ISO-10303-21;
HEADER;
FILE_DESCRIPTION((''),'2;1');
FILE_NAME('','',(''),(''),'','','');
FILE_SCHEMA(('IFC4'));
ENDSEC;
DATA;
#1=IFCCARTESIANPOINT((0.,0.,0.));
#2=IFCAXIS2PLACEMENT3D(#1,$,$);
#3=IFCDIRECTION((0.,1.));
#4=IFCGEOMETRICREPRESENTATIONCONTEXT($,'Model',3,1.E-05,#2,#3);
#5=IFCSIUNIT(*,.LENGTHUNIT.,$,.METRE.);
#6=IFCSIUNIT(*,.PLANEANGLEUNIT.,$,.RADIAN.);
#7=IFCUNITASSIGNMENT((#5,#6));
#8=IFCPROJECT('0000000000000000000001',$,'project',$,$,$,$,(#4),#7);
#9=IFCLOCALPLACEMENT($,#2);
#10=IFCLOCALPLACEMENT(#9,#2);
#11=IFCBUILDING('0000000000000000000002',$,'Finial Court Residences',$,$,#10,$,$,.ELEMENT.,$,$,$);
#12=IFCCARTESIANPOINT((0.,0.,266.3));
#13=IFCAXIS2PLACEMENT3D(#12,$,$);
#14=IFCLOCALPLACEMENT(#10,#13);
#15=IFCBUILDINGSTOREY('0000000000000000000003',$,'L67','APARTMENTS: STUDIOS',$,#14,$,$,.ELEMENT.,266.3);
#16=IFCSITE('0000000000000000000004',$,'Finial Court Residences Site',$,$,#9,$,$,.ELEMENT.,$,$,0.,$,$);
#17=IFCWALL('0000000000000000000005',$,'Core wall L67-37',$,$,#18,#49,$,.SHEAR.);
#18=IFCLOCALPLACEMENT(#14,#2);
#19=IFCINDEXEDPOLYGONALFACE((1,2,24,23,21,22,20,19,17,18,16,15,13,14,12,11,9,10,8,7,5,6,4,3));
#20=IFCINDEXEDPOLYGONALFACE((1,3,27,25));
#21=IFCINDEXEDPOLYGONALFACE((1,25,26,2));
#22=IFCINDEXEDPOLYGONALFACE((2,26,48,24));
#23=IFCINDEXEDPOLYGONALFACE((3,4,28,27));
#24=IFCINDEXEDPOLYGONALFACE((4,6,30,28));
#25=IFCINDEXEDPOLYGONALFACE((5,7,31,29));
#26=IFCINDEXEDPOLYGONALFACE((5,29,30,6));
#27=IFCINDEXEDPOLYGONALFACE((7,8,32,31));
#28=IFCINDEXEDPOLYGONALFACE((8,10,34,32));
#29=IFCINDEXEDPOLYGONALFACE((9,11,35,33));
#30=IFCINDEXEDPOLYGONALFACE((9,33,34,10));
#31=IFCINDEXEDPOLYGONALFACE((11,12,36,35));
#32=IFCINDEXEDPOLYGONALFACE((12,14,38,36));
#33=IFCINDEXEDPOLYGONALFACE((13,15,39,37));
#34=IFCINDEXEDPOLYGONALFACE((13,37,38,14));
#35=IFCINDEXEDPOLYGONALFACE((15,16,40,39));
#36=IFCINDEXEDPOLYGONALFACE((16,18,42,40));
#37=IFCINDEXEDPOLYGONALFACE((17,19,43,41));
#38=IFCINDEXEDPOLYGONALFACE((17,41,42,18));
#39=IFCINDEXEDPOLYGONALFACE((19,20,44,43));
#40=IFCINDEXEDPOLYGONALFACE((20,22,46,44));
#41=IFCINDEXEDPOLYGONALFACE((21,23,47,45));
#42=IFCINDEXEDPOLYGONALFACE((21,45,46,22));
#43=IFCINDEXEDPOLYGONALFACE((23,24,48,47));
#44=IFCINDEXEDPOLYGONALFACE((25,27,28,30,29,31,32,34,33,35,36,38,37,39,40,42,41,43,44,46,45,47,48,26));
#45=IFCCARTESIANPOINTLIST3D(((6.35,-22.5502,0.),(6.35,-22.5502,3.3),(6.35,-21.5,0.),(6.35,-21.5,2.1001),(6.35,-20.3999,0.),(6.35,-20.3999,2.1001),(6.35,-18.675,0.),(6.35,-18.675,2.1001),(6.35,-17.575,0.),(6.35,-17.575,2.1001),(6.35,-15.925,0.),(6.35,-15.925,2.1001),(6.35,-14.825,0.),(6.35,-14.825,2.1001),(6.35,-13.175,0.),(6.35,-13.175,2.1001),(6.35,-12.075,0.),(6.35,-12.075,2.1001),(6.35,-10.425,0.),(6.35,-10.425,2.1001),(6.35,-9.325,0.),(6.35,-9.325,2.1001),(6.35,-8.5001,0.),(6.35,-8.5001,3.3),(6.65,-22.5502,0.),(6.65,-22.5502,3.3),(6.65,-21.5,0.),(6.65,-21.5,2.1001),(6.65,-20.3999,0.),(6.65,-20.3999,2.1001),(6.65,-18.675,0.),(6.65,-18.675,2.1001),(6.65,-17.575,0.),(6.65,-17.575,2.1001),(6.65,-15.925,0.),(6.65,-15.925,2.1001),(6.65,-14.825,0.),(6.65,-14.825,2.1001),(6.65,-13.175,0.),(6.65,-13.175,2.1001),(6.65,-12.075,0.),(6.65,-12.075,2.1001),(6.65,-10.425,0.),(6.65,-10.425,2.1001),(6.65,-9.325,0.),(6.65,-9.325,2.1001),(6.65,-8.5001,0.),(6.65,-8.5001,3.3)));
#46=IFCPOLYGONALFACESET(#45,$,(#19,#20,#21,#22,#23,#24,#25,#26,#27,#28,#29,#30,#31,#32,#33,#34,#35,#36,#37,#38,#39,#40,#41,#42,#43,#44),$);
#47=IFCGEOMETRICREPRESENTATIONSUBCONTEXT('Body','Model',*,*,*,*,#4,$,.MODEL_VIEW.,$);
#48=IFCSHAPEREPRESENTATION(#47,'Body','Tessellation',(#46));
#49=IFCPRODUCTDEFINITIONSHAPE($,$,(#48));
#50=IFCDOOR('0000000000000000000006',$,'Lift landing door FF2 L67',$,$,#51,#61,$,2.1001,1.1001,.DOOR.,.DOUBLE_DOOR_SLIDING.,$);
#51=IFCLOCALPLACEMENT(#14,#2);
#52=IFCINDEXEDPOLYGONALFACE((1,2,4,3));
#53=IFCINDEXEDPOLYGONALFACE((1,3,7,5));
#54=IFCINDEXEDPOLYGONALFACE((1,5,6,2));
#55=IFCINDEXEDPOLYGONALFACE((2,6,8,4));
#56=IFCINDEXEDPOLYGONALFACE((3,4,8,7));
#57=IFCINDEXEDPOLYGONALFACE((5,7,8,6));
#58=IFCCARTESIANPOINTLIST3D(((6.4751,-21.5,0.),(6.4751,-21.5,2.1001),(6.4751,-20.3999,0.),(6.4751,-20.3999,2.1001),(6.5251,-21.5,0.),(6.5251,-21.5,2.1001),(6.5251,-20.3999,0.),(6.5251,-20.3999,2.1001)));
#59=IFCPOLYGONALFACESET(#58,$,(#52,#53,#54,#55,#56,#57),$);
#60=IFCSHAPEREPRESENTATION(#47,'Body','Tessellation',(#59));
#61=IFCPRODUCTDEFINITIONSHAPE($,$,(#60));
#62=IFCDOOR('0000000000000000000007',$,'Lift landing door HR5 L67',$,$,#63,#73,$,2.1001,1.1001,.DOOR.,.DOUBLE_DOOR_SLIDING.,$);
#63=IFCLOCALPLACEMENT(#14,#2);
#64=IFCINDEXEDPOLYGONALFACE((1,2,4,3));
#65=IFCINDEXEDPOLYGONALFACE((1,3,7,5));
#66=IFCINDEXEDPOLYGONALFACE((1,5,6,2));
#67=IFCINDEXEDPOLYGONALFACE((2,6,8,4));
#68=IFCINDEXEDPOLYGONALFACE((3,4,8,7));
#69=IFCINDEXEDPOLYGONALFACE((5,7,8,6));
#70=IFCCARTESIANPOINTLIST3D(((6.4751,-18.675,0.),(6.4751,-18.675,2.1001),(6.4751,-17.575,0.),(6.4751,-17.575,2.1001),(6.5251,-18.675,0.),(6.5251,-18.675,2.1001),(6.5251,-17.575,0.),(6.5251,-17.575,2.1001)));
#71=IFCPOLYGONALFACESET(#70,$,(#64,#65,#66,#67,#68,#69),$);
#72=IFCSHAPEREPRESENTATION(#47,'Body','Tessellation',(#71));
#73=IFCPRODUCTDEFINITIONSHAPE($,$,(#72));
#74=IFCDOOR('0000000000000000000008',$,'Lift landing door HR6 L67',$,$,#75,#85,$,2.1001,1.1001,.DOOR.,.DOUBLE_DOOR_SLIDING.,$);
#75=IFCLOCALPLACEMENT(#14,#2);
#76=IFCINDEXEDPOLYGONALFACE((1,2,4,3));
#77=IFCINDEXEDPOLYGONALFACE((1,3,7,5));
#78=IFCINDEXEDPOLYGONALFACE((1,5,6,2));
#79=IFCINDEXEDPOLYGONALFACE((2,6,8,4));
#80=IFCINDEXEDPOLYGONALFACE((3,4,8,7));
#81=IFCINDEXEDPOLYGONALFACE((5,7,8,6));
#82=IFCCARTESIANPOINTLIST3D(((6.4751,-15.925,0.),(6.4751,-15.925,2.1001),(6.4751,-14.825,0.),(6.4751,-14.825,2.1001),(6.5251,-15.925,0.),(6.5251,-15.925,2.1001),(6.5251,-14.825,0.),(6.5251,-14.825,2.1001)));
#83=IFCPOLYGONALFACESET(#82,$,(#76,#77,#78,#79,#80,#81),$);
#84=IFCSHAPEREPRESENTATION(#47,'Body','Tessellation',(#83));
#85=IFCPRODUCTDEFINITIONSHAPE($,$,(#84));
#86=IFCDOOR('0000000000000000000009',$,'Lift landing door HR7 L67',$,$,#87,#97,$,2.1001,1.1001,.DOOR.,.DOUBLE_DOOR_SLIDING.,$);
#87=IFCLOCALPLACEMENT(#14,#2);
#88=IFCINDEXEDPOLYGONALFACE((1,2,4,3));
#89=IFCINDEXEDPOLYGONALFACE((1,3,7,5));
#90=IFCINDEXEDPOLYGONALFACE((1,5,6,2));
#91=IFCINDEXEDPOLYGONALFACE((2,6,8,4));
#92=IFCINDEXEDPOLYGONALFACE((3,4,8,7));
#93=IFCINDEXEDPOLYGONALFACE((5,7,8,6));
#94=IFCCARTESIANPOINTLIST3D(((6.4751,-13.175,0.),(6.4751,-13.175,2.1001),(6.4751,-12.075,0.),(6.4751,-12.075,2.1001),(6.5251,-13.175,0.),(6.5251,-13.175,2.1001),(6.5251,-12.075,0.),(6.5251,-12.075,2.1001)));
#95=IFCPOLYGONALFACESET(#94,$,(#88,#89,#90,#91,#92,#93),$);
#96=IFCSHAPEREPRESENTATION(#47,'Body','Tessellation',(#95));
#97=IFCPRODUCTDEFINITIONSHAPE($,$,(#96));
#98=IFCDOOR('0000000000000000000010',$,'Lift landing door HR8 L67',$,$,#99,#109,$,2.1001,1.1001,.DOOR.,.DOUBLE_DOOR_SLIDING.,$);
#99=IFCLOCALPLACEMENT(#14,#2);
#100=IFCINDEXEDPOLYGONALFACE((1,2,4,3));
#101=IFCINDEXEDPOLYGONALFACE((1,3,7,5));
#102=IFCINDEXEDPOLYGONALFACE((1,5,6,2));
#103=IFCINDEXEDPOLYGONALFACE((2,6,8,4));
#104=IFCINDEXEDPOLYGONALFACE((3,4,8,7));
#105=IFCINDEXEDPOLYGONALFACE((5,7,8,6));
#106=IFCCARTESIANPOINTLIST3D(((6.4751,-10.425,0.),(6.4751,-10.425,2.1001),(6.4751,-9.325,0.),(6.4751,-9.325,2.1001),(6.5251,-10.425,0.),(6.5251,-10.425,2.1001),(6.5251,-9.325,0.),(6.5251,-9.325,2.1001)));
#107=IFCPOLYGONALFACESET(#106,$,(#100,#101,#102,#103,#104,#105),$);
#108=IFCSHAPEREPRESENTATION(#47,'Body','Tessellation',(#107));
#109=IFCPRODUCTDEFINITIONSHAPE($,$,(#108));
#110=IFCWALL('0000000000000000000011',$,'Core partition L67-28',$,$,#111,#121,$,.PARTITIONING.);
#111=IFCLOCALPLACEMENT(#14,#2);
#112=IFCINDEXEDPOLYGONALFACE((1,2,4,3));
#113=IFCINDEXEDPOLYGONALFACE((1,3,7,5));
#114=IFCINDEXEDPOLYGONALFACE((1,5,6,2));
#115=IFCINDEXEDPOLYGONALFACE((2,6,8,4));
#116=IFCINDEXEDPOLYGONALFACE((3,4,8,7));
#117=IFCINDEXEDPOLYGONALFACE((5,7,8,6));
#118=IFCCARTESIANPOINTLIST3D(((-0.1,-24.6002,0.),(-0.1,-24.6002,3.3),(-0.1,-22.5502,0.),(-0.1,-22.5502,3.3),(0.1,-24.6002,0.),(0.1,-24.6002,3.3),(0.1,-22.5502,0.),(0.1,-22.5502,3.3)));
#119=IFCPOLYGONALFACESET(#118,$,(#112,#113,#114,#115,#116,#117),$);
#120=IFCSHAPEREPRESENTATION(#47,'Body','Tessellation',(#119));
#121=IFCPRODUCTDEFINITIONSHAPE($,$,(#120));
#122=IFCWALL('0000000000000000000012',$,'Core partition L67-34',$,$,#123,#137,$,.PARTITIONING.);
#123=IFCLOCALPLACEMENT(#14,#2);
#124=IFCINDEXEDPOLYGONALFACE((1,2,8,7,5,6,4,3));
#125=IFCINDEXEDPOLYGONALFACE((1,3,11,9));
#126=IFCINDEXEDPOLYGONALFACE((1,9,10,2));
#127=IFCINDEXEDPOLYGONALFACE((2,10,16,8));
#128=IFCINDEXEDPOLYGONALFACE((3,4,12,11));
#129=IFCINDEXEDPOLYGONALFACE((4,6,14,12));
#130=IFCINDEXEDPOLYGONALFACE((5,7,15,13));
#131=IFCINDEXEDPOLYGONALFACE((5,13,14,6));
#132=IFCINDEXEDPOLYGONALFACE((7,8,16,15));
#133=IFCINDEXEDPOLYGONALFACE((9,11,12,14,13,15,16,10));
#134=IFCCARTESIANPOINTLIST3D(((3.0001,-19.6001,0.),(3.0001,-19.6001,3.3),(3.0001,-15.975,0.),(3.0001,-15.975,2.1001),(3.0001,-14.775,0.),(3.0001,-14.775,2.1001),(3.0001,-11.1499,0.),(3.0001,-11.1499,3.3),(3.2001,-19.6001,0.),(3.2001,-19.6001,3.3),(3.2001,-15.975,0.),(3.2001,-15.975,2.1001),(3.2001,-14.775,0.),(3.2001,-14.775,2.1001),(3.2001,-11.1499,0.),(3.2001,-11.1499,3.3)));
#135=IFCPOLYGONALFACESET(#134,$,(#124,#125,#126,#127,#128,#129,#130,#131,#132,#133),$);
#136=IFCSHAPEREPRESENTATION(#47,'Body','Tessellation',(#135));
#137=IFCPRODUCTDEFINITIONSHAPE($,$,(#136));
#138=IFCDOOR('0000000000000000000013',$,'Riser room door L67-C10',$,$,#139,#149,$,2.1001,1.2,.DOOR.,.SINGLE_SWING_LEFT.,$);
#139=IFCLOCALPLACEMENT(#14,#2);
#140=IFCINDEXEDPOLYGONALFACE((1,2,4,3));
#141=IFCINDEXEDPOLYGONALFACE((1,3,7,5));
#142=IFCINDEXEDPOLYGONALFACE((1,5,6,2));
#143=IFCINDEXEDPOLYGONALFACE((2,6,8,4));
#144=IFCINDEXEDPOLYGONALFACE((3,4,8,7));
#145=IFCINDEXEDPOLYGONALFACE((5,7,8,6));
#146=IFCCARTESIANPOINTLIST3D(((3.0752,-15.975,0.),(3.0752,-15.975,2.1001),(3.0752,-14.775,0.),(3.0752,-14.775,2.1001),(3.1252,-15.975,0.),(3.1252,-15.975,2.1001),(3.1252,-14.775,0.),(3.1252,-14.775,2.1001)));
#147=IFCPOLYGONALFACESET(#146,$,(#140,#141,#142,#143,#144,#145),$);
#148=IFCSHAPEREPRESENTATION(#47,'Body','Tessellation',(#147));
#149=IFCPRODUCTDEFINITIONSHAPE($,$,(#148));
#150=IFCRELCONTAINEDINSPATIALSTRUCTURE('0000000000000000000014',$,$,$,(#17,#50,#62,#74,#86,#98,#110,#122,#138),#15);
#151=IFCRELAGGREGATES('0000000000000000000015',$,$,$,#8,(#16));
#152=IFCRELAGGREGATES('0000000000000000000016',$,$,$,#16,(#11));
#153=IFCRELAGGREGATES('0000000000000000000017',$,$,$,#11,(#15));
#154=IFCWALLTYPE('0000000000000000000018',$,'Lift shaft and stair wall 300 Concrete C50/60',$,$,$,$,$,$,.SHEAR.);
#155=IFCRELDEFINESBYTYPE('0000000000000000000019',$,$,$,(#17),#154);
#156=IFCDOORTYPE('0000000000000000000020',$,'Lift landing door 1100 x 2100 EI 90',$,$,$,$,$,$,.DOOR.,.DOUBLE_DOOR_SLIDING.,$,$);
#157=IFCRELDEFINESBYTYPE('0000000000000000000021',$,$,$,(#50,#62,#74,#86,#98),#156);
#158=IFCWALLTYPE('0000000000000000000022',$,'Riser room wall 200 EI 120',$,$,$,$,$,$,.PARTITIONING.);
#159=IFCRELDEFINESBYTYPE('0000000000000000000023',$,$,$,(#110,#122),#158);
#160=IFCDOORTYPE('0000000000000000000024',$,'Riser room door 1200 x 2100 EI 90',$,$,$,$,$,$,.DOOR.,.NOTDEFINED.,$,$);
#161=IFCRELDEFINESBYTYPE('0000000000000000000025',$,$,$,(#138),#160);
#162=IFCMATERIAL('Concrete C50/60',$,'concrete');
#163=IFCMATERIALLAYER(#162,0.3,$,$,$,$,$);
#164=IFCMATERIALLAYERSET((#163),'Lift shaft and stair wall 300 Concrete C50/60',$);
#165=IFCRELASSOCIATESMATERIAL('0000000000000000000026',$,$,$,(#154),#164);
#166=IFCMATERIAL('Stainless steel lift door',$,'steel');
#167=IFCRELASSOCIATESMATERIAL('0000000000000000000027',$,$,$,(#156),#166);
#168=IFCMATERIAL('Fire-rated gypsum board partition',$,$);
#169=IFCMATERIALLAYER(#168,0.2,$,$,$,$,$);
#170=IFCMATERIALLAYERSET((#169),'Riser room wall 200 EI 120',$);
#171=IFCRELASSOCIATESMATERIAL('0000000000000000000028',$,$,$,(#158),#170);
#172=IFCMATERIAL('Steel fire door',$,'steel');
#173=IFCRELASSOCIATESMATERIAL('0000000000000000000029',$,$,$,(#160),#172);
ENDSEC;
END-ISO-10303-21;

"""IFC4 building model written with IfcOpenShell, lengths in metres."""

from ifc_helpers import new_model, si_unit, direction, frame, frame_2d, origin, place, context, subcontext, project, spatial, rectangle, extrude, material, layer, layer_set, type_object, element, fill, save


model = new_model("IFC4")

# Units and contexts
model_context = context("Model", 3, precision=1e-05, world=origin(), true_north=direction((0.0, 1.0)))
body_context = subcontext(model_context, "Body", "Model", "MODEL_VIEW")
ifc_project = project(units=[si_unit("LENGTHUNIT", "METRE"), si_unit("PLANEANGLEUNIT", "RADIAN")], contexts=[model_context])

# Site, building, storey
site_placement = place(None, origin())
site = spatial("IfcSite", under=ifc_project, at=site_placement, Name="Finial Court Residences Site", CompositionType="ELEMENT", RefElevation=0.0)
building_placement = place(site_placement, origin())
building = spatial("IfcBuilding", under=site, at=building_placement, Name="Finial Court Residences", CompositionType="ELEMENT")
storey_placement = place(building_placement, frame((0.0, 0.0, 266.3)))
storey = spatial("IfcBuildingStorey", under=building, at=storey_placement, Name="L67", Description="APARTMENTS: STUDIOS", CompositionType="ELEMENT", Elevation=266.3)

# Shared definitions
ifc_material_1 = material(Name="Fire-rated gypsum board partition")
ifc_material_2 = material(Name="Steel fire door", Category="steel")

# Shared definitions
ifc_material_3 = material(Name="Concrete C50/60", Category="concrete")
ifc_layer_1 = layer(ifc_material_3, 0.3)
ifc_layer_set_1 = layer_set([ifc_layer_1], Name="Lift shaft and stair wall 300 Concrete C50/60")
wall_type_1 = type_object("IfcWallType", Name="Lift shaft and stair wall 300 Concrete C50/60", PredefinedType="SHEAR", material=ifc_layer_set_1)

# Shared definitions
ifc_material_4 = material(Name="Stainless steel lift door", Category="steel")
door_type_1 = type_object("IfcDoorType", Name="Lift landing door 1100 x 2100 EI 90", OperationType="DOUBLE_DOOR_SLIDING", PredefinedType="DOOR", material=ifc_material_4)

# Wall, openings, doors
wall_1_placement = place(storey_placement, frame((6.5, -22.55, 0.0), z_axis=(0.0, 0.0, 1.0), x_axis=(0.0, 1.0, 0.0)))
wall_1 = element("IfcWall", 1, at=wall_1_placement, inside=storey, type_object=wall_type_1, Name="Core wall L67-37", PredefinedType="SHEAR", context=body_context, shape_type="SweptSolid", body=[
    extrude(rectangle(XDim=14.05, YDim=0.3, at=frame_2d((7.0249, 0.0))), origin(), (0.0, 0.0, 1.0), 3.3),
])
opening_1_placement = place(wall_1_placement, frame((1.05, 0.0, 0.0)))
opening_1 = element("IfcOpeningElement", 2, at=opening_1_placement, cuts=wall_1, PredefinedType="OPENING", context=body_context, shape_type="SweptSolid", body=[
    extrude(rectangle(XDim=1.1001, YDim=2.1001, at=frame_2d((0.55, 1.05))), frame((0.0, 0.1599, 0.0), z_axis=(0.0, -1.0, 0.0), x_axis=(1.0, 0.0, 0.0)), (0.0, 0.0, 1.0), 0.3201),
])
opening_2_placement = place(wall_1_placement, frame((3.875, 0.0, 0.0)))
opening_2 = element("IfcOpeningElement", 3, at=opening_2_placement, cuts=wall_1, PredefinedType="OPENING", context=body_context, shape_type="SweptSolid", body=[
    extrude(rectangle(XDim=1.1001, YDim=2.1001, at=frame_2d((0.55, 1.05))), frame((0.0, 0.1599, 0.0), z_axis=(0.0, -1.0, 0.0), x_axis=(1.0, 0.0, 0.0)), (0.0, 0.0, 1.0), 0.3201),
])
opening_3_placement = place(wall_1_placement, frame((6.625, 0.0, 0.0)))
opening_3 = element("IfcOpeningElement", 4, at=opening_3_placement, cuts=wall_1, PredefinedType="OPENING", context=body_context, shape_type="SweptSolid", body=[
    extrude(rectangle(XDim=1.1001, YDim=2.1001, at=frame_2d((0.55, 1.05))), frame((0.0, 0.1599, 0.0), z_axis=(0.0, -1.0, 0.0), x_axis=(1.0, 0.0, 0.0)), (0.0, 0.0, 1.0), 0.3201),
])
opening_4_placement = place(wall_1_placement, frame((9.375, 0.0, 0.0)))
opening_4 = element("IfcOpeningElement", 5, at=opening_4_placement, cuts=wall_1, PredefinedType="OPENING", context=body_context, shape_type="SweptSolid", body=[
    extrude(rectangle(XDim=1.1001, YDim=2.1001, at=frame_2d((0.55, 1.05))), frame((0.0, 0.1599, 0.0), z_axis=(0.0, -1.0, 0.0), x_axis=(1.0, 0.0, 0.0)), (0.0, 0.0, 1.0), 0.3201),
])
opening_5_placement = place(wall_1_placement, frame((12.125, 0.0, 0.0)))
opening_5 = element("IfcOpeningElement", 6, at=opening_5_placement, cuts=wall_1, PredefinedType="OPENING", context=body_context, shape_type="SweptSolid", body=[
    extrude(rectangle(XDim=1.1001, YDim=2.1001, at=frame_2d((0.55, 1.05))), frame((0.0, 0.1599, 0.0), z_axis=(0.0, -1.0, 0.0), x_axis=(1.0, 0.0, 0.0)), (0.0, 0.0, 1.0), 0.3201),
])
door_1_placement = place(opening_1_placement, origin())
door_1 = element("IfcDoor", 7, at=door_1_placement, inside=storey, type_object=door_type_1, Name="Lift landing door FF2 L67", OperationType="DOUBLE_DOOR_SLIDING", OverallHeight=2.1001, OverallWidth=1.1001, PredefinedType="DOOR", context=body_context, shape_type="SweptSolid", body=[
    extrude(rectangle(XDim=1.1001, YDim=2.1001, at=frame_2d((0.55, 1.05))), frame((0.0, 0.0249, 0.0), z_axis=(0.0, -1.0, 0.0), x_axis=(1.0, 0.0, 0.0)), (0.0, 0.0, 1.0), 0.05),
])
fill(opening_1, door_1)
door_2_placement = place(opening_2_placement, origin())
door_2 = element("IfcDoor", 8, at=door_2_placement, inside=storey, type_object=door_type_1, Name="Lift landing door HR5 L67", OperationType="DOUBLE_DOOR_SLIDING", OverallHeight=2.1001, OverallWidth=1.1001, PredefinedType="DOOR", context=body_context, shape_type="SweptSolid", body=[
    extrude(rectangle(XDim=1.1001, YDim=2.1001, at=frame_2d((0.55, 1.05))), frame((0.0, 0.0249, 0.0), z_axis=(0.0, -1.0, 0.0), x_axis=(1.0, 0.0, 0.0)), (0.0, 0.0, 1.0), 0.05),
])
fill(opening_2, door_2)
door_3_placement = place(opening_3_placement, origin())
door_3 = element("IfcDoor", 9, at=door_3_placement, inside=storey, type_object=door_type_1, Name="Lift landing door HR6 L67", OperationType="DOUBLE_DOOR_SLIDING", OverallHeight=2.1001, OverallWidth=1.1001, PredefinedType="DOOR", context=body_context, shape_type="SweptSolid", body=[
    extrude(rectangle(XDim=1.1001, YDim=2.1001, at=frame_2d((0.55, 1.05))), frame((0.0, 0.0249, 0.0), z_axis=(0.0, -1.0, 0.0), x_axis=(1.0, 0.0, 0.0)), (0.0, 0.0, 1.0), 0.05),
])
fill(opening_3, door_3)
door_4_placement = place(opening_4_placement, origin())
door_4 = element("IfcDoor", 10, at=door_4_placement, inside=storey, type_object=door_type_1, Name="Lift landing door HR7 L67", OperationType="DOUBLE_DOOR_SLIDING", OverallHeight=2.1001, OverallWidth=1.1001, PredefinedType="DOOR", context=body_context, shape_type="SweptSolid", body=[
    extrude(rectangle(XDim=1.1001, YDim=2.1001, at=frame_2d((0.55, 1.05))), frame((0.0, 0.0249, 0.0), z_axis=(0.0, -1.0, 0.0), x_axis=(1.0, 0.0, 0.0)), (0.0, 0.0, 1.0), 0.05),
])
fill(opening_4, door_4)
door_5_placement = place(opening_5_placement, origin())
door_5 = element("IfcDoor", 11, at=door_5_placement, inside=storey, type_object=door_type_1, Name="Lift landing door HR8 L67", OperationType="DOUBLE_DOOR_SLIDING", OverallHeight=2.1001, OverallWidth=1.1001, PredefinedType="DOOR", context=body_context, shape_type="SweptSolid", body=[
    extrude(rectangle(XDim=1.1001, YDim=2.1001, at=frame_2d((0.55, 1.05))), frame((0.0, 0.0249, 0.0), z_axis=(0.0, -1.0, 0.0), x_axis=(1.0, 0.0, 0.0)), (0.0, 0.0, 1.0), 0.05),
])
fill(opening_5, door_5)

# Wall
ifc_layer_2 = layer(ifc_material_1, 0.2)
ifc_layer_set_2 = layer_set([ifc_layer_2], Name="Riser room wall 200 EI 120")
wall_type_2 = type_object("IfcWallType", Name="Riser room wall 200 EI 120", PredefinedType="PARTITIONING", material=ifc_layer_set_2)
wall_2_placement = place(storey_placement, frame((0.0, -24.6001, 0.0), z_axis=(0.0, 0.0, 1.0), x_axis=(0.0, 1.0, 0.0)))
element("IfcWall", 12, at=wall_2_placement, inside=storey, type_object=wall_type_2, Name="Core partition L67-28", PredefinedType="PARTITIONING", context=body_context, shape_type="SweptSolid", body=[
    extrude(rectangle(XDim=2.05, YDim=0.2, at=frame_2d((1.0249, 0.0))), origin(), (0.0, 0.0, 1.0), 3.3),
])

# Wall, opening, door
wall_3_placement = place(storey_placement, frame((3.1001, -19.6001, 0.0), z_axis=(0.0, 0.0, 1.0), x_axis=(0.0, 1.0, 0.0)))
wall_3 = element("IfcWall", 13, at=wall_3_placement, inside=storey, type_object=wall_type_2, Name="Core partition L67-34", PredefinedType="PARTITIONING", context=body_context, shape_type="SweptSolid", body=[
    extrude(rectangle(XDim=8.4502, YDim=0.2, at=frame_2d((4.2251, 0.0))), origin(), (0.0, 0.0, 1.0), 3.3),
])
opening_6_placement = place(wall_3_placement, frame((3.625, 0.0, 0.0)))
opening_6 = element("IfcOpeningElement", 14, at=opening_6_placement, cuts=wall_3, PredefinedType="OPENING", context=body_context, shape_type="SweptSolid", body=[
    extrude(rectangle(XDim=1.2, YDim=2.1001, at=frame_2d((0.6001, 1.05))), frame((0.0, 0.1099, 0.0), z_axis=(0.0, -1.0, 0.0), x_axis=(1.0, 0.0, 0.0)), (0.0, 0.0, 1.0), 0.22),
])
door_type_2 = type_object("IfcDoorType", Name="Riser room door 1200 x 2100 EI 90", OperationType="NOTDEFINED", PredefinedType="DOOR", material=ifc_material_2)
door_6_placement = place(opening_6_placement, origin())
door_6 = element("IfcDoor", 15, at=door_6_placement, inside=storey, type_object=door_type_2, Name="Riser room door L67-C10", OperationType="SINGLE_SWING_LEFT", OverallHeight=2.1001, OverallWidth=1.2, PredefinedType="DOOR", context=body_context, shape_type="SweptSolid", body=[
    extrude(rectangle(XDim=1.2, YDim=2.1001, at=frame_2d((0.6001, 1.05))), frame((0.0, 0.0249, 0.0), z_axis=(0.0, -1.0, 0.0), x_axis=(1.0, 0.0, 0.0)), (0.0, 0.0, 1.0), 0.05),
])
fill(opening_6, door_6)

save(model, "model.ifc")
